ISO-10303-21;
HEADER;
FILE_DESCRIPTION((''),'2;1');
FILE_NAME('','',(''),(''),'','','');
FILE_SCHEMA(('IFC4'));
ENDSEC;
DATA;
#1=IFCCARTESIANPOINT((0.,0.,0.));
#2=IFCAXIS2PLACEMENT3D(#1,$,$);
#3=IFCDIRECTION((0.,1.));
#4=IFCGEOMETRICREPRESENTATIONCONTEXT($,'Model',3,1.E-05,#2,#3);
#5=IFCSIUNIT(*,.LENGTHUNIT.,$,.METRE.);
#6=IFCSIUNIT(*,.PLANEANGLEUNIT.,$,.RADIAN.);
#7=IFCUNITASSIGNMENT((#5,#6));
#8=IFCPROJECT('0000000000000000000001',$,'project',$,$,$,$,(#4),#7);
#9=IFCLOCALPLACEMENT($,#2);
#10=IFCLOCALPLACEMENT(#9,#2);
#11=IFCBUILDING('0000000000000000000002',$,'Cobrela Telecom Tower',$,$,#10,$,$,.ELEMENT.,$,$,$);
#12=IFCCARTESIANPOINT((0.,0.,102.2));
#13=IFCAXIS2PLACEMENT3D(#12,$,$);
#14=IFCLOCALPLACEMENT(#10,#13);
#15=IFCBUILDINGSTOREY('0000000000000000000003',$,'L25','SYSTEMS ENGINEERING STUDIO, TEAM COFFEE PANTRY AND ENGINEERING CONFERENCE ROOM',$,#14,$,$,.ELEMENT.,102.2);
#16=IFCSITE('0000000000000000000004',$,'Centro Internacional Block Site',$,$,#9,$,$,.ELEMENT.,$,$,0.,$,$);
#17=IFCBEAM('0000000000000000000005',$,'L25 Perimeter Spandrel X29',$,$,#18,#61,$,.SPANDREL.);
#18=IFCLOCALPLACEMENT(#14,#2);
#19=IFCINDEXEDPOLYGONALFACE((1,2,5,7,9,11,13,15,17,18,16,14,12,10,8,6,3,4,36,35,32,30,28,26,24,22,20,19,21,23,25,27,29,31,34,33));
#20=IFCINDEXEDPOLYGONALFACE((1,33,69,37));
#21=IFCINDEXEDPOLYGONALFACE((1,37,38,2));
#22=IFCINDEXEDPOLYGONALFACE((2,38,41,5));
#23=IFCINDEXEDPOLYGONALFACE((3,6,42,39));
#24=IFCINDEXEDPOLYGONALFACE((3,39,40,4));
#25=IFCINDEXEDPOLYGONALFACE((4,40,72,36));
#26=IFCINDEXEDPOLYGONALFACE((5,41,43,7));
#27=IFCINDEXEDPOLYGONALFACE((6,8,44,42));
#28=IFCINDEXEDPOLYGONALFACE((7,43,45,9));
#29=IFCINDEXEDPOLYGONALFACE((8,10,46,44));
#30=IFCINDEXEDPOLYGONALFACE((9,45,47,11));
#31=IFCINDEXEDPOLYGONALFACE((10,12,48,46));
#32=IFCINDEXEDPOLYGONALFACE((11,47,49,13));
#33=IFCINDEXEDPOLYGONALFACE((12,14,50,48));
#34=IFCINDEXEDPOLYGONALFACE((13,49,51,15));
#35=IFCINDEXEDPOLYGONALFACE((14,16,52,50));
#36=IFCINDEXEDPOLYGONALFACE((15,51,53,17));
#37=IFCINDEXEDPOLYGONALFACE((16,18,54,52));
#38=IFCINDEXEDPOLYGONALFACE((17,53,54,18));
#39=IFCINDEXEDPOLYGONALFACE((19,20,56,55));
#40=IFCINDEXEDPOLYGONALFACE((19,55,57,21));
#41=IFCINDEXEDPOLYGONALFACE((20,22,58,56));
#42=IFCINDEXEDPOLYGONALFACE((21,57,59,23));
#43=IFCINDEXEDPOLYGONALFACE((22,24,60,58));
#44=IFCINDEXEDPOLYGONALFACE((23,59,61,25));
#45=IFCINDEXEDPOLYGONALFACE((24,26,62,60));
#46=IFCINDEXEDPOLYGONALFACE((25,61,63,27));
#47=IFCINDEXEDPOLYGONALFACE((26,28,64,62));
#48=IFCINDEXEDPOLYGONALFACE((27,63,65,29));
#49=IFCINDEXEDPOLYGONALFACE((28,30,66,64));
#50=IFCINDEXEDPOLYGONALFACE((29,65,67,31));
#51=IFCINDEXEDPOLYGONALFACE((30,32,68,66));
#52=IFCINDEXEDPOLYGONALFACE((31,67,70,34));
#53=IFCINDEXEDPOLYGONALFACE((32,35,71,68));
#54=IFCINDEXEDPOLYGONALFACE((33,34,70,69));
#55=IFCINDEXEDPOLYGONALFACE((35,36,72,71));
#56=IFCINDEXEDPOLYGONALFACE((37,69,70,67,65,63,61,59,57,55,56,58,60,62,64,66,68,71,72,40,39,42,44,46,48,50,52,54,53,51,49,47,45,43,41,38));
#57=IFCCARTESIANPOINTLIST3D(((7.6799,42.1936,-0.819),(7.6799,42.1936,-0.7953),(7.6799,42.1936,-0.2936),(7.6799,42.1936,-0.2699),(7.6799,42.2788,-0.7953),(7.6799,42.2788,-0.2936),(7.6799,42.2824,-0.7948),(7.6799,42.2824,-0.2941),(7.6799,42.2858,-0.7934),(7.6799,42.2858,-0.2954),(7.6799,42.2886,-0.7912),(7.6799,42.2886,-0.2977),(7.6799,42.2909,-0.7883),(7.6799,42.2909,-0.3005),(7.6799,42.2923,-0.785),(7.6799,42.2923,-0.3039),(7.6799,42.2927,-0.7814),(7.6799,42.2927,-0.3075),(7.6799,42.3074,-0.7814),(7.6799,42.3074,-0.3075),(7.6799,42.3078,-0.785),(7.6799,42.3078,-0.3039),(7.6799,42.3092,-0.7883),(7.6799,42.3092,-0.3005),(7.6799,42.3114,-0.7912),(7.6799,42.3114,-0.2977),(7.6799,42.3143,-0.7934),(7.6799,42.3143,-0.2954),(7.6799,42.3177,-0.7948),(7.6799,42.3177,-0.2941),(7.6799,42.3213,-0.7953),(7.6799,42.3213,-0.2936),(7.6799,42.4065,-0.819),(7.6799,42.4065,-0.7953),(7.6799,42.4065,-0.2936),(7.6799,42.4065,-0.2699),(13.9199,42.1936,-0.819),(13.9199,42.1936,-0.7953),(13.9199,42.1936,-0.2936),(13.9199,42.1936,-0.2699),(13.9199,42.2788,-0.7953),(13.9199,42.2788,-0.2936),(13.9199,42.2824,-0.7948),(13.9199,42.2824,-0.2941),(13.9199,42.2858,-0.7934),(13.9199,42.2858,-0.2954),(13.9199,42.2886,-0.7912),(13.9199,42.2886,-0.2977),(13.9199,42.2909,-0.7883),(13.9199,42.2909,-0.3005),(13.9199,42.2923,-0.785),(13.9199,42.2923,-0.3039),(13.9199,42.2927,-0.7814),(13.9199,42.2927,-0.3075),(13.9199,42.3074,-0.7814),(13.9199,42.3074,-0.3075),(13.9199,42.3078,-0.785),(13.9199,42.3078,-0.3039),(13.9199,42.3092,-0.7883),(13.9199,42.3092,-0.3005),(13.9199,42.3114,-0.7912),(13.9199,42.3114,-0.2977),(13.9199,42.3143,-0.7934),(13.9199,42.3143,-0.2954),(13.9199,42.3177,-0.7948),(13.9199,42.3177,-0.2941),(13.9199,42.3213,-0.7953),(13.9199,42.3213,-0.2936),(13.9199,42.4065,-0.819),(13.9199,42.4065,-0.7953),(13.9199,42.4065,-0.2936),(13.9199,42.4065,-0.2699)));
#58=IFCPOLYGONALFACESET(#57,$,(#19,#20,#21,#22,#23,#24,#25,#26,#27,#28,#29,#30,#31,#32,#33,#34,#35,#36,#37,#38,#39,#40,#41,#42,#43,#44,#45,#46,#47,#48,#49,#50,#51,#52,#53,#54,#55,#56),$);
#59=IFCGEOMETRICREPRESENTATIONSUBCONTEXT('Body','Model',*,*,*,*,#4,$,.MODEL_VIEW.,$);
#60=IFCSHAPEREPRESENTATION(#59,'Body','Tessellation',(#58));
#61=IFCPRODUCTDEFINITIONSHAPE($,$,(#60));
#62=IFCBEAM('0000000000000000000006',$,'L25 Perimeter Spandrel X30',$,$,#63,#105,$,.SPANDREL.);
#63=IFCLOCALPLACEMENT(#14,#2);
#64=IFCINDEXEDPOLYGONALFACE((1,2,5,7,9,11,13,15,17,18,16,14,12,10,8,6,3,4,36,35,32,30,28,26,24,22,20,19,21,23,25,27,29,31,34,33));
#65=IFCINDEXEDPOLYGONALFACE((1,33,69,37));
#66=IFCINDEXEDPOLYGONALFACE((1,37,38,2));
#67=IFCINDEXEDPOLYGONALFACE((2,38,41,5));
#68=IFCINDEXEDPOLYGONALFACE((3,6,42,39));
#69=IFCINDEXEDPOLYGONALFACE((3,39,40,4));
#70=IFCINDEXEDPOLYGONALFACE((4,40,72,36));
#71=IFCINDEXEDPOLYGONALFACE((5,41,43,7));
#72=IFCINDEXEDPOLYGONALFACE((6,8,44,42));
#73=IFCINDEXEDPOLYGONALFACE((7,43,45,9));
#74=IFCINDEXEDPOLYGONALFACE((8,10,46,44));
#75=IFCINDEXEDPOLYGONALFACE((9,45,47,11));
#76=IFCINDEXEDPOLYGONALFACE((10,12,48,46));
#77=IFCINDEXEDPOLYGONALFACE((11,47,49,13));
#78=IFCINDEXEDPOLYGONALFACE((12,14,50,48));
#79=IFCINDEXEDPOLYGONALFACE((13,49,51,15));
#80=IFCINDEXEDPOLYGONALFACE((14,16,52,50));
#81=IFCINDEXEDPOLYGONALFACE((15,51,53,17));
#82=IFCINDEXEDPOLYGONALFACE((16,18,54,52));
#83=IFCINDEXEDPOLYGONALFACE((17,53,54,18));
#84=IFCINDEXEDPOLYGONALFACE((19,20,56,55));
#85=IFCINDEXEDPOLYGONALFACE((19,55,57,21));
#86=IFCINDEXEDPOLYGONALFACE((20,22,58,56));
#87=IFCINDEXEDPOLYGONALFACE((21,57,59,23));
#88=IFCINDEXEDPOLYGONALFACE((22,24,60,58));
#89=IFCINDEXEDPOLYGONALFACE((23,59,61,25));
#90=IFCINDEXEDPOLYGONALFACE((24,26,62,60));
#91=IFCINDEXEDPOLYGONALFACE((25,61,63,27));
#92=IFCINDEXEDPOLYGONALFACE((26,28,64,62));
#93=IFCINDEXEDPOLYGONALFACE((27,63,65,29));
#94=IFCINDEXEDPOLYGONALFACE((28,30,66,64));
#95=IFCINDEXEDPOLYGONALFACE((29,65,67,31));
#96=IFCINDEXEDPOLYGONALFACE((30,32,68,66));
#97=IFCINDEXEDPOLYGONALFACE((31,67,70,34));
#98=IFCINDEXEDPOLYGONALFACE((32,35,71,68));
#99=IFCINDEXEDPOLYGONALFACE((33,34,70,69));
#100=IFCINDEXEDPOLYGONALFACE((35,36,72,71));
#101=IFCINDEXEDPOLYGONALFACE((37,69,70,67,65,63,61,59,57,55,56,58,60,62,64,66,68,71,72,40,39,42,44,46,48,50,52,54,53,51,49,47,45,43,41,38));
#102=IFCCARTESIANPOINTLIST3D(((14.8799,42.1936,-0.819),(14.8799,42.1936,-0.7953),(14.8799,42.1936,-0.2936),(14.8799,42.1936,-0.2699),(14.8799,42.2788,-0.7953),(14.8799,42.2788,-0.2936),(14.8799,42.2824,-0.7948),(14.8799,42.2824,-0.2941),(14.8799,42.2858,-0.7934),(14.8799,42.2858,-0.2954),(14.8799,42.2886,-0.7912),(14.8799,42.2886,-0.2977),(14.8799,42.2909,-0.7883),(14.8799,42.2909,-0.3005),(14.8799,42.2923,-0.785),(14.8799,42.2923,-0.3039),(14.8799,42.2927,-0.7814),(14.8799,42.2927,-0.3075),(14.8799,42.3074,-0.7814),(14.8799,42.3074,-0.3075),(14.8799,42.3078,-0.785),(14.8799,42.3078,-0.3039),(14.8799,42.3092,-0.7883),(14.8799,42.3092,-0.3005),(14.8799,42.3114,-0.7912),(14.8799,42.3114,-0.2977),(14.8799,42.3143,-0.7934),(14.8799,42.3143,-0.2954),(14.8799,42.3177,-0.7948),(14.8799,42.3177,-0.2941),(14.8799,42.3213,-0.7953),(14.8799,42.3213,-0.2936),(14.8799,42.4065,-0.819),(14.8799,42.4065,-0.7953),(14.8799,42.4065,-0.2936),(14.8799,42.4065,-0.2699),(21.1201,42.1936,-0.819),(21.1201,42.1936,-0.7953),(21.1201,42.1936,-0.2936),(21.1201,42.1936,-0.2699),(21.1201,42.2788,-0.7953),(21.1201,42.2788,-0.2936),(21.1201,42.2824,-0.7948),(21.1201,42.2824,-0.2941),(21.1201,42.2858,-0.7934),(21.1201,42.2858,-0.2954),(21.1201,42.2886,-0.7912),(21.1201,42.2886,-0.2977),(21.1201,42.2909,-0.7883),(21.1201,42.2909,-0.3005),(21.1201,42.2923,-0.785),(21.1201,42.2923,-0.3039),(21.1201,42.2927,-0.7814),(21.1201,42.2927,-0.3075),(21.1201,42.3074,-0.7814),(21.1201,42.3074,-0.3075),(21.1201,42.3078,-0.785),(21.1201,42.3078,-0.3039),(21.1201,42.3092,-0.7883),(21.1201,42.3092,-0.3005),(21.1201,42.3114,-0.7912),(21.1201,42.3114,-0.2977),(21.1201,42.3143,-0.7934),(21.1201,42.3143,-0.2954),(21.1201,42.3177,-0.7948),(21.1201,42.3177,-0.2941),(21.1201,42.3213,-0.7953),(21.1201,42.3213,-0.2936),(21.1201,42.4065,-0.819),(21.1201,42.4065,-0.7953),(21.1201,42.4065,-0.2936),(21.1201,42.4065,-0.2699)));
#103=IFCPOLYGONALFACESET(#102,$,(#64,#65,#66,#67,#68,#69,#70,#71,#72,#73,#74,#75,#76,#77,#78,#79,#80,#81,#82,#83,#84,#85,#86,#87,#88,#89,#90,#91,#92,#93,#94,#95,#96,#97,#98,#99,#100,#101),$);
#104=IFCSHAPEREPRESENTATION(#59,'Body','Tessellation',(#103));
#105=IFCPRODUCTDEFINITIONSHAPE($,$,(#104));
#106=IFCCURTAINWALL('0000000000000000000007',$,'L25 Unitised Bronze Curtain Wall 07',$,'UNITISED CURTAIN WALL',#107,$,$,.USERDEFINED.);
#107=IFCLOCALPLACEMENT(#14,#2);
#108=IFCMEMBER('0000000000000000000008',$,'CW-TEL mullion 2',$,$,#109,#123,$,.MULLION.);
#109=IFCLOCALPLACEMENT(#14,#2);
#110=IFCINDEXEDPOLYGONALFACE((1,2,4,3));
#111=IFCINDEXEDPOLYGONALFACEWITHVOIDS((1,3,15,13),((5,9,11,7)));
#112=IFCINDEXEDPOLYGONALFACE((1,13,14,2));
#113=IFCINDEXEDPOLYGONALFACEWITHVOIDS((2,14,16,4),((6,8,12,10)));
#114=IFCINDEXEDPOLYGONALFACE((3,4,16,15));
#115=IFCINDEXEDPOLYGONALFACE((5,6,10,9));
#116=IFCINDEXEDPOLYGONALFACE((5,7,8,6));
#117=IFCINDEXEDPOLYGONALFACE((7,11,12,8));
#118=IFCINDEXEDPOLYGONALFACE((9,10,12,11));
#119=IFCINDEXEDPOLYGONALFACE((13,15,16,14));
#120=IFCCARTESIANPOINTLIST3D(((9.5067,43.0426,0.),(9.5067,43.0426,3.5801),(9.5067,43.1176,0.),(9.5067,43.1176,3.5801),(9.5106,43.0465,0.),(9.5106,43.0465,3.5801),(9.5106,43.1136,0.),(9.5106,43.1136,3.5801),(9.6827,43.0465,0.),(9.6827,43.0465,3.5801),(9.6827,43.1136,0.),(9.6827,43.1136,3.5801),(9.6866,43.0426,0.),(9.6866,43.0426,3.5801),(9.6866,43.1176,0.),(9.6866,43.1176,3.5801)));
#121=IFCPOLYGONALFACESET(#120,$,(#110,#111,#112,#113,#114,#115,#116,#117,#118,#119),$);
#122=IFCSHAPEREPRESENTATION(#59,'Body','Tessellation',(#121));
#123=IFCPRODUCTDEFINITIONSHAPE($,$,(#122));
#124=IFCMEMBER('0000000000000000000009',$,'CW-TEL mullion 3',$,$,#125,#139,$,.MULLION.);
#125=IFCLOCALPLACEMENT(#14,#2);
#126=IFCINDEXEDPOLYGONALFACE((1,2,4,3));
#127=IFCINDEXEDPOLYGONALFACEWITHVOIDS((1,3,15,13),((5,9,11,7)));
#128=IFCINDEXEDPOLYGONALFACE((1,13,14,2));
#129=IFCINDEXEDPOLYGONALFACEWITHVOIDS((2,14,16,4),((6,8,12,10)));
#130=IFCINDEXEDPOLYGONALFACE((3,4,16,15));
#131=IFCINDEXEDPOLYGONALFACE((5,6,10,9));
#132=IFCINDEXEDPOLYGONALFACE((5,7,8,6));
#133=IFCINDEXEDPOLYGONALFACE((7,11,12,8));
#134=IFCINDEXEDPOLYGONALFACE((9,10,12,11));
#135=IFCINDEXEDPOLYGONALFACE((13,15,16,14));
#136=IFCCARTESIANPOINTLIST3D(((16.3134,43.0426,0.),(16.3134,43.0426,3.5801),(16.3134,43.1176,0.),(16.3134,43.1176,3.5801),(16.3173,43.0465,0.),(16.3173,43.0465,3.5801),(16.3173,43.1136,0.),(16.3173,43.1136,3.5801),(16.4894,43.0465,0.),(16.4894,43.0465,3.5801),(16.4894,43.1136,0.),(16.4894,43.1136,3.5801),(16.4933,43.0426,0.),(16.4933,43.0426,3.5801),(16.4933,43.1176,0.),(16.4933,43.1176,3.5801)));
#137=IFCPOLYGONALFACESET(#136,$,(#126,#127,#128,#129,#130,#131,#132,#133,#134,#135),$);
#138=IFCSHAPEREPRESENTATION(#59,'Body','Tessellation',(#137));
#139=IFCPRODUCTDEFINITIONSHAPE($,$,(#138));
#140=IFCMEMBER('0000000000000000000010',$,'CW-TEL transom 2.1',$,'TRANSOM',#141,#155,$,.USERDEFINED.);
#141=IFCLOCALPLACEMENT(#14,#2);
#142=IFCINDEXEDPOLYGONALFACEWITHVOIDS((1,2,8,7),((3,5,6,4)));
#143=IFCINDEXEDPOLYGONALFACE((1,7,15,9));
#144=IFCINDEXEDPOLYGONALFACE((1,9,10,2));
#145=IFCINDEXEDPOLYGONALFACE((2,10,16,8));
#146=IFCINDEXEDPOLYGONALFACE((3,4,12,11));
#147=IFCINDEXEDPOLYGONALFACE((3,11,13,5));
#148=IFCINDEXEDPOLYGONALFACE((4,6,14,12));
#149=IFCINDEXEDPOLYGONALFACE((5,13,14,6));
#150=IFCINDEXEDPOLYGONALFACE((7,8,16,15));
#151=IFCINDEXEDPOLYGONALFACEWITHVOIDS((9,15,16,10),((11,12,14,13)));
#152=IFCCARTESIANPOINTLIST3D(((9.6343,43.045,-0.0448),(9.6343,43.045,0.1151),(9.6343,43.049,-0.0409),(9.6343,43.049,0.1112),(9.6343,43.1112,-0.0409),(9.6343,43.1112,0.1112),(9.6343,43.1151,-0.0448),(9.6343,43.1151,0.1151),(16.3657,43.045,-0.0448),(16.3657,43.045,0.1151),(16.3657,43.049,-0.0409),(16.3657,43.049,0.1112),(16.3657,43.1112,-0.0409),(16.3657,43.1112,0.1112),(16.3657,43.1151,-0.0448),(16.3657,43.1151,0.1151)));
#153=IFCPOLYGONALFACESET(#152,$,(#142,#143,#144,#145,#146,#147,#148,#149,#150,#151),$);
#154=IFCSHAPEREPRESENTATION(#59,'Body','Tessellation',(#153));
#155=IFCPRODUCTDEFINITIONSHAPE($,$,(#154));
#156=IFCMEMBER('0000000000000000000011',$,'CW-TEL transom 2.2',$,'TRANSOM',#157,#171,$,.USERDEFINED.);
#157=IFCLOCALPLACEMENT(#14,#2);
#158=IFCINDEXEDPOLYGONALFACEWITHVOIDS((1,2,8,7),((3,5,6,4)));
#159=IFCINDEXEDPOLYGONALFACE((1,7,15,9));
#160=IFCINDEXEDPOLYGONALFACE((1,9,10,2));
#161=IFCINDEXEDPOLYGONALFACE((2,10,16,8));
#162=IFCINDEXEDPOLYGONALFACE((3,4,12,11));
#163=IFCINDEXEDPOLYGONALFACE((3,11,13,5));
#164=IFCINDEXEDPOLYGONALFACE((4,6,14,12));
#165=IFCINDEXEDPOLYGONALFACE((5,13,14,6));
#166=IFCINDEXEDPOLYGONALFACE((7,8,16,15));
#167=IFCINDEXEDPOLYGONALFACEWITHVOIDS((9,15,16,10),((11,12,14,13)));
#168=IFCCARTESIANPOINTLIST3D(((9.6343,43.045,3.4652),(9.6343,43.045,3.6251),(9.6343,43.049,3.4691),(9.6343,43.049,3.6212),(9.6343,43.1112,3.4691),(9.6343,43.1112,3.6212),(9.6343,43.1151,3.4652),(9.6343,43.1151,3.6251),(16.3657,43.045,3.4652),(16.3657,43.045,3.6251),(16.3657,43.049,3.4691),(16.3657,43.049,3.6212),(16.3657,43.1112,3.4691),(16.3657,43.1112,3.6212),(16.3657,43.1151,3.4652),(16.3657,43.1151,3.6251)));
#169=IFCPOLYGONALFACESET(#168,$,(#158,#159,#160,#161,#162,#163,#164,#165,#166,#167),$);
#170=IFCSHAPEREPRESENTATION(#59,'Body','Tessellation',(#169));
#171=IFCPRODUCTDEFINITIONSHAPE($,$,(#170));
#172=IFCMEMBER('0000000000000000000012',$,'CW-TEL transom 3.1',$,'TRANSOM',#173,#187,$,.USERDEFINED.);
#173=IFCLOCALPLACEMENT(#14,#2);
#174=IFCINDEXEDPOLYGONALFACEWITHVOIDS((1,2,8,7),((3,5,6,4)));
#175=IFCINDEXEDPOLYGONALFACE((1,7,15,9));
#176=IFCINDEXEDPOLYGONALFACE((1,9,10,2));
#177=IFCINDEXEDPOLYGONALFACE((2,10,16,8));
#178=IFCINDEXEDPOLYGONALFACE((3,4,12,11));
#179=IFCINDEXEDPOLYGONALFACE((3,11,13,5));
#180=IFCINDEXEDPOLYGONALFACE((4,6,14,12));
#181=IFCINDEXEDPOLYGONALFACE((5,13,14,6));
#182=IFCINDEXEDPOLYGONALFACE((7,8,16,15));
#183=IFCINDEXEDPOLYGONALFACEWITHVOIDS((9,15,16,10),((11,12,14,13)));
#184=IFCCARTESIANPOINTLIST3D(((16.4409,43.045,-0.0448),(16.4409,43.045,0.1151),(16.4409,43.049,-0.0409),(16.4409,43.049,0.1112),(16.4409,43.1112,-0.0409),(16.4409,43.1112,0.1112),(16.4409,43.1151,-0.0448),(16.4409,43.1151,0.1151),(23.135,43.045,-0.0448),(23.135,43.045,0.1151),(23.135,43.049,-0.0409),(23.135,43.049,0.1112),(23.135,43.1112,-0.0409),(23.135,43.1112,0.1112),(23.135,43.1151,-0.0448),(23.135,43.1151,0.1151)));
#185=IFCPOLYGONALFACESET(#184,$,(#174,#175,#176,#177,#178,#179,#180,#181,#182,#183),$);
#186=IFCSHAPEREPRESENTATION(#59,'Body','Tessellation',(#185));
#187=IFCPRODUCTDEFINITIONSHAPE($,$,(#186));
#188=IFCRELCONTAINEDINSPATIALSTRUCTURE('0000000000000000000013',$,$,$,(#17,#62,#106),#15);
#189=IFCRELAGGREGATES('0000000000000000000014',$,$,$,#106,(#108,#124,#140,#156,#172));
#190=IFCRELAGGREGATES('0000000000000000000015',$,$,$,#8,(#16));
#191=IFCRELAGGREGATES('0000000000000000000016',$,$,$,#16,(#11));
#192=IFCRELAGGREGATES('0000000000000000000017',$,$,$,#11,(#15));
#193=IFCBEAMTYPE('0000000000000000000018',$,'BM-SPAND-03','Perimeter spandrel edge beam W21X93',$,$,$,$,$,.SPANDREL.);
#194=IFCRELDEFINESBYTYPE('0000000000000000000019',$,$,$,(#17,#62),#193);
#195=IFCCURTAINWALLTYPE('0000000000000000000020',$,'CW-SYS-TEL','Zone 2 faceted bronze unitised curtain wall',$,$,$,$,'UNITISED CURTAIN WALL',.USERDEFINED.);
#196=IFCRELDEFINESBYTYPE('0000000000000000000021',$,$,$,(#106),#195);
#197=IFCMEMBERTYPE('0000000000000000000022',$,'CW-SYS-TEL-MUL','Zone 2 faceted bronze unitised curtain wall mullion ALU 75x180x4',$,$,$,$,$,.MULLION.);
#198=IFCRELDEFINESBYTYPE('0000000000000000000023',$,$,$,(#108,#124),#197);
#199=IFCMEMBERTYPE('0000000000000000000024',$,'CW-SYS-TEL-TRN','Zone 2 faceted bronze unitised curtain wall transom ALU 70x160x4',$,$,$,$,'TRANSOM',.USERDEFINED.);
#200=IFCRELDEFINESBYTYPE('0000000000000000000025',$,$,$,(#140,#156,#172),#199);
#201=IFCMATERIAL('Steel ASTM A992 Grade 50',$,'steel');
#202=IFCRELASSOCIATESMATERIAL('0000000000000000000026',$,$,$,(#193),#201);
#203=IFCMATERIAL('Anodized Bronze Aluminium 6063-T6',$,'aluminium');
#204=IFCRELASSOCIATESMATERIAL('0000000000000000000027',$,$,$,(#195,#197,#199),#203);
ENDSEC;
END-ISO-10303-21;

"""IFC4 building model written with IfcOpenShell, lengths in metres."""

from ifc_helpers import new_model, si_unit, direction, frame, origin, origin_2d, place, context, subcontext, project, spatial, hollow_rectangle, i_section, extrude, material, material_profile, profile_set, type_object, element, aggregate, save


model = new_model("IFC4")

# Units and contexts
model_context = context("Model", 3, precision=1e-05, world=origin(), true_north=direction((0.0, 1.0)))
body_context = subcontext(model_context, "Body", "Model", "MODEL_VIEW")
ifc_project = project(units=[si_unit("LENGTHUNIT", "METRE"), si_unit("PLANEANGLEUNIT", "RADIAN")], contexts=[model_context])

# Site, building, storey
site_placement = place(None, origin())
site = spatial("IfcSite", under=ifc_project, at=site_placement, Name="Centro Internacional Block Site", CompositionType="ELEMENT", RefElevation=0.0)
building_placement = place(site_placement, origin())
building = spatial("IfcBuilding", under=site, at=building_placement, Name="Cobrela Telecom Tower", CompositionType="ELEMENT")
storey_placement = place(building_placement, frame((0.0, 0.0, 102.2)))
storey = spatial("IfcBuildingStorey", under=building, at=storey_placement, Name="L25", Description="SYSTEMS ENGINEERING STUDIO, TEAM COFFEE PANTRY AND ENGINEERING CONFERENCE ROOM", CompositionType="ELEMENT", Elevation=102.2)

# Beams
ifc_material_1 = material(Name="Steel ASTM A992 Grade 50", Category="steel")
ifc_material_profile_1 = material_profile(ifc_material_1, i_section(OverallWidth=0.2129, OverallDepth=0.5491, WebThickness=0.0146, FlangeThickness=0.0237, FilletRadius=0.0139, at=origin_2d()), Name="W21X93")
ifc_profile_set_1 = profile_set([ifc_material_profile_1], Name="Steel ASTM A992 Grade 50")
beam_type_1 = type_object("IfcBeamType", Name="BM-SPAND-03", Description="Perimeter spandrel edge beam W21X93", PredefinedType="SPANDREL", material=ifc_profile_set_1)
beam_1_placement = place(storey_placement, frame((7.6799, 42.3, -0.5444), z_axis=(1.0, 0.0, 0.0), x_axis=(0.0, 1.0, 0.0)))
element("IfcBeam", 1, at=beam_1_placement, inside=storey, type_object=beam_type_1, Name="L25 Perimeter Spandrel X29", PredefinedType="SPANDREL", context=body_context, shape_type="SweptSolid", body=[
    extrude(i_section(OverallWidth=0.2129, OverallDepth=0.5491, WebThickness=0.0146, FlangeThickness=0.0237, FilletRadius=0.0139, at=origin_2d()), origin(), (0.0, 0.0, 1.0), 6.24),
])
beam_2_placement = place(storey_placement, frame((14.8799, 42.3, -0.5444), z_axis=(1.0, 0.0, 0.0), x_axis=(0.0, 1.0, 0.0)))
element("IfcBeam", 2, at=beam_2_placement, inside=storey, type_object=beam_type_1, Name="L25 Perimeter Spandrel X30", PredefinedType="SPANDREL", context=body_context, shape_type="SweptSolid", body=[
    extrude(i_section(OverallWidth=0.2129, OverallDepth=0.5491, WebThickness=0.0146, FlangeThickness=0.0237, FilletRadius=0.0139, at=origin_2d()), origin(), (0.0, 0.0, 1.0), 6.2402),
])

# Curtain wall, members
ifc_material_2 = material(Name="Anodized Bronze Aluminium 6063-T6", Category="aluminium")
curtain_wall_type = type_object("IfcCurtainWallType", Name="CW-SYS-TEL", Description="Zone 2 faceted bronze unitised curtain wall", ElementType="UNITISED CURTAIN WALL", PredefinedType="USERDEFINED", material=ifc_material_2)
curtain_wall_placement = place(storey_placement, origin())
curtain_wall = element("IfcCurtainWall", 3, at=curtain_wall_placement, inside=storey, type_object=curtain_wall_type, Name="L25 Unitised Bronze Curtain Wall 07", ObjectType="UNITISED CURTAIN WALL", PredefinedType="USERDEFINED")
ifc_material_profile_2 = material_profile(ifc_material_2, hollow_rectangle(XDim=0.075, YDim=0.1799, WallThickness=0.0039, at=origin_2d()), Name="ALU 75x180x4")
ifc_profile_set_2 = profile_set([ifc_material_profile_2], Name="Anodized Bronze Aluminium 6063-T6")
member_type_1 = type_object("IfcMemberType", Name="CW-SYS-TEL-MUL", Description="Zone 2 faceted bronze unitised curtain wall mullion ALU 75x180x4", PredefinedType="MULLION", material=ifc_profile_set_2)
member_1_placement = place(storey_placement, frame((9.5967, 43.0801, 0.0), z_axis=(0.0, 0.0, 1.0), x_axis=(0.0, 1.0, 0.0)))
member_1 = element("IfcMember", 4, at=member_1_placement, type_object=member_type_1, Name="CW-TEL mullion 2", PredefinedType="MULLION", context=body_context, shape_type="SweptSolid", body=[
    extrude(hollow_rectangle(XDim=0.075, YDim=0.1799, WallThickness=0.0039, at=origin_2d()), origin(), (0.0, 0.0, 1.0), 3.5801),
])
member_2_placement = place(storey_placement, frame((16.4033, 43.0801, 0.0), z_axis=(0.0, 0.0, 1.0), x_axis=(0.0, 1.0, 0.0)))
member_2 = element("IfcMember", 5, at=member_2_placement, type_object=member_type_1, Name="CW-TEL mullion 3", PredefinedType="MULLION", context=body_context, shape_type="SweptSolid", body=[
    extrude(hollow_rectangle(XDim=0.075, YDim=0.1799, WallThickness=0.0039, at=origin_2d()), origin(), (0.0, 0.0, 1.0), 3.5801),
])
ifc_material_profile_3 = material_profile(ifc_material_2, hollow_rectangle(XDim=0.0701, YDim=0.1599, WallThickness=0.0039, at=origin_2d()), Name="ALU 70x160x4")
ifc_profile_set_3 = profile_set([ifc_material_profile_3], Name="Anodized Bronze Aluminium 6063-T6")
member_type_2 = type_object("IfcMemberType", Name="CW-SYS-TEL-TRN", Description="Zone 2 faceted bronze unitised curtain wall transom ALU 70x160x4", ElementType="TRANSOM", PredefinedType="USERDEFINED", material=ifc_profile_set_3)
member_3_placement = place(storey_placement, frame((9.6343, 43.0801, 0.0352), z_axis=(1.0, 0.0, 0.0), x_axis=(0.0, 1.0, 0.0)))
member_3 = element("IfcMember", 6, at=member_3_placement, type_object=member_type_2, Name="CW-TEL transom 2.1", ObjectType="TRANSOM", PredefinedType="USERDEFINED", context=body_context, shape_type="SweptSolid", body=[
    extrude(hollow_rectangle(XDim=0.0701, YDim=0.1599, WallThickness=0.0039, at=origin_2d()), origin(), (0.0, 0.0, 1.0), 6.7314),
])
member_4_placement = place(storey_placement, frame((9.6343, 43.0801, 3.5452), z_axis=(1.0, 0.0, 0.0), x_axis=(0.0, 1.0, 0.0)))
member_4 = element("IfcMember", 7, at=member_4_placement, type_object=member_type_2, Name="CW-TEL transom 2.2", ObjectType="TRANSOM", PredefinedType="USERDEFINED", context=body_context, shape_type="SweptSolid", body=[
    extrude(hollow_rectangle(XDim=0.0701, YDim=0.1599, WallThickness=0.0039, at=origin_2d()), origin(), (0.0, 0.0, 1.0), 6.7314),
])
member_5_placement = place(storey_placement, frame((16.4409, 43.0801, 0.0352), z_axis=(1.0, 0.0, 0.0), x_axis=(0.0, 1.0, 0.0)))
member_5 = element("IfcMember", 8, at=member_5_placement, type_object=member_type_2, Name="CW-TEL transom 3.1", ObjectType="TRANSOM", PredefinedType="USERDEFINED", context=body_context, shape_type="SweptSolid", body=[
    extrude(hollow_rectangle(XDim=0.0701, YDim=0.1599, WallThickness=0.0039, at=origin_2d()), origin(), (0.0, 0.0, 1.0), 6.6941),
])

aggregate(curtain_wall, [member_1, member_2, member_3, member_4, member_5])

save(model, "model.ifc")
